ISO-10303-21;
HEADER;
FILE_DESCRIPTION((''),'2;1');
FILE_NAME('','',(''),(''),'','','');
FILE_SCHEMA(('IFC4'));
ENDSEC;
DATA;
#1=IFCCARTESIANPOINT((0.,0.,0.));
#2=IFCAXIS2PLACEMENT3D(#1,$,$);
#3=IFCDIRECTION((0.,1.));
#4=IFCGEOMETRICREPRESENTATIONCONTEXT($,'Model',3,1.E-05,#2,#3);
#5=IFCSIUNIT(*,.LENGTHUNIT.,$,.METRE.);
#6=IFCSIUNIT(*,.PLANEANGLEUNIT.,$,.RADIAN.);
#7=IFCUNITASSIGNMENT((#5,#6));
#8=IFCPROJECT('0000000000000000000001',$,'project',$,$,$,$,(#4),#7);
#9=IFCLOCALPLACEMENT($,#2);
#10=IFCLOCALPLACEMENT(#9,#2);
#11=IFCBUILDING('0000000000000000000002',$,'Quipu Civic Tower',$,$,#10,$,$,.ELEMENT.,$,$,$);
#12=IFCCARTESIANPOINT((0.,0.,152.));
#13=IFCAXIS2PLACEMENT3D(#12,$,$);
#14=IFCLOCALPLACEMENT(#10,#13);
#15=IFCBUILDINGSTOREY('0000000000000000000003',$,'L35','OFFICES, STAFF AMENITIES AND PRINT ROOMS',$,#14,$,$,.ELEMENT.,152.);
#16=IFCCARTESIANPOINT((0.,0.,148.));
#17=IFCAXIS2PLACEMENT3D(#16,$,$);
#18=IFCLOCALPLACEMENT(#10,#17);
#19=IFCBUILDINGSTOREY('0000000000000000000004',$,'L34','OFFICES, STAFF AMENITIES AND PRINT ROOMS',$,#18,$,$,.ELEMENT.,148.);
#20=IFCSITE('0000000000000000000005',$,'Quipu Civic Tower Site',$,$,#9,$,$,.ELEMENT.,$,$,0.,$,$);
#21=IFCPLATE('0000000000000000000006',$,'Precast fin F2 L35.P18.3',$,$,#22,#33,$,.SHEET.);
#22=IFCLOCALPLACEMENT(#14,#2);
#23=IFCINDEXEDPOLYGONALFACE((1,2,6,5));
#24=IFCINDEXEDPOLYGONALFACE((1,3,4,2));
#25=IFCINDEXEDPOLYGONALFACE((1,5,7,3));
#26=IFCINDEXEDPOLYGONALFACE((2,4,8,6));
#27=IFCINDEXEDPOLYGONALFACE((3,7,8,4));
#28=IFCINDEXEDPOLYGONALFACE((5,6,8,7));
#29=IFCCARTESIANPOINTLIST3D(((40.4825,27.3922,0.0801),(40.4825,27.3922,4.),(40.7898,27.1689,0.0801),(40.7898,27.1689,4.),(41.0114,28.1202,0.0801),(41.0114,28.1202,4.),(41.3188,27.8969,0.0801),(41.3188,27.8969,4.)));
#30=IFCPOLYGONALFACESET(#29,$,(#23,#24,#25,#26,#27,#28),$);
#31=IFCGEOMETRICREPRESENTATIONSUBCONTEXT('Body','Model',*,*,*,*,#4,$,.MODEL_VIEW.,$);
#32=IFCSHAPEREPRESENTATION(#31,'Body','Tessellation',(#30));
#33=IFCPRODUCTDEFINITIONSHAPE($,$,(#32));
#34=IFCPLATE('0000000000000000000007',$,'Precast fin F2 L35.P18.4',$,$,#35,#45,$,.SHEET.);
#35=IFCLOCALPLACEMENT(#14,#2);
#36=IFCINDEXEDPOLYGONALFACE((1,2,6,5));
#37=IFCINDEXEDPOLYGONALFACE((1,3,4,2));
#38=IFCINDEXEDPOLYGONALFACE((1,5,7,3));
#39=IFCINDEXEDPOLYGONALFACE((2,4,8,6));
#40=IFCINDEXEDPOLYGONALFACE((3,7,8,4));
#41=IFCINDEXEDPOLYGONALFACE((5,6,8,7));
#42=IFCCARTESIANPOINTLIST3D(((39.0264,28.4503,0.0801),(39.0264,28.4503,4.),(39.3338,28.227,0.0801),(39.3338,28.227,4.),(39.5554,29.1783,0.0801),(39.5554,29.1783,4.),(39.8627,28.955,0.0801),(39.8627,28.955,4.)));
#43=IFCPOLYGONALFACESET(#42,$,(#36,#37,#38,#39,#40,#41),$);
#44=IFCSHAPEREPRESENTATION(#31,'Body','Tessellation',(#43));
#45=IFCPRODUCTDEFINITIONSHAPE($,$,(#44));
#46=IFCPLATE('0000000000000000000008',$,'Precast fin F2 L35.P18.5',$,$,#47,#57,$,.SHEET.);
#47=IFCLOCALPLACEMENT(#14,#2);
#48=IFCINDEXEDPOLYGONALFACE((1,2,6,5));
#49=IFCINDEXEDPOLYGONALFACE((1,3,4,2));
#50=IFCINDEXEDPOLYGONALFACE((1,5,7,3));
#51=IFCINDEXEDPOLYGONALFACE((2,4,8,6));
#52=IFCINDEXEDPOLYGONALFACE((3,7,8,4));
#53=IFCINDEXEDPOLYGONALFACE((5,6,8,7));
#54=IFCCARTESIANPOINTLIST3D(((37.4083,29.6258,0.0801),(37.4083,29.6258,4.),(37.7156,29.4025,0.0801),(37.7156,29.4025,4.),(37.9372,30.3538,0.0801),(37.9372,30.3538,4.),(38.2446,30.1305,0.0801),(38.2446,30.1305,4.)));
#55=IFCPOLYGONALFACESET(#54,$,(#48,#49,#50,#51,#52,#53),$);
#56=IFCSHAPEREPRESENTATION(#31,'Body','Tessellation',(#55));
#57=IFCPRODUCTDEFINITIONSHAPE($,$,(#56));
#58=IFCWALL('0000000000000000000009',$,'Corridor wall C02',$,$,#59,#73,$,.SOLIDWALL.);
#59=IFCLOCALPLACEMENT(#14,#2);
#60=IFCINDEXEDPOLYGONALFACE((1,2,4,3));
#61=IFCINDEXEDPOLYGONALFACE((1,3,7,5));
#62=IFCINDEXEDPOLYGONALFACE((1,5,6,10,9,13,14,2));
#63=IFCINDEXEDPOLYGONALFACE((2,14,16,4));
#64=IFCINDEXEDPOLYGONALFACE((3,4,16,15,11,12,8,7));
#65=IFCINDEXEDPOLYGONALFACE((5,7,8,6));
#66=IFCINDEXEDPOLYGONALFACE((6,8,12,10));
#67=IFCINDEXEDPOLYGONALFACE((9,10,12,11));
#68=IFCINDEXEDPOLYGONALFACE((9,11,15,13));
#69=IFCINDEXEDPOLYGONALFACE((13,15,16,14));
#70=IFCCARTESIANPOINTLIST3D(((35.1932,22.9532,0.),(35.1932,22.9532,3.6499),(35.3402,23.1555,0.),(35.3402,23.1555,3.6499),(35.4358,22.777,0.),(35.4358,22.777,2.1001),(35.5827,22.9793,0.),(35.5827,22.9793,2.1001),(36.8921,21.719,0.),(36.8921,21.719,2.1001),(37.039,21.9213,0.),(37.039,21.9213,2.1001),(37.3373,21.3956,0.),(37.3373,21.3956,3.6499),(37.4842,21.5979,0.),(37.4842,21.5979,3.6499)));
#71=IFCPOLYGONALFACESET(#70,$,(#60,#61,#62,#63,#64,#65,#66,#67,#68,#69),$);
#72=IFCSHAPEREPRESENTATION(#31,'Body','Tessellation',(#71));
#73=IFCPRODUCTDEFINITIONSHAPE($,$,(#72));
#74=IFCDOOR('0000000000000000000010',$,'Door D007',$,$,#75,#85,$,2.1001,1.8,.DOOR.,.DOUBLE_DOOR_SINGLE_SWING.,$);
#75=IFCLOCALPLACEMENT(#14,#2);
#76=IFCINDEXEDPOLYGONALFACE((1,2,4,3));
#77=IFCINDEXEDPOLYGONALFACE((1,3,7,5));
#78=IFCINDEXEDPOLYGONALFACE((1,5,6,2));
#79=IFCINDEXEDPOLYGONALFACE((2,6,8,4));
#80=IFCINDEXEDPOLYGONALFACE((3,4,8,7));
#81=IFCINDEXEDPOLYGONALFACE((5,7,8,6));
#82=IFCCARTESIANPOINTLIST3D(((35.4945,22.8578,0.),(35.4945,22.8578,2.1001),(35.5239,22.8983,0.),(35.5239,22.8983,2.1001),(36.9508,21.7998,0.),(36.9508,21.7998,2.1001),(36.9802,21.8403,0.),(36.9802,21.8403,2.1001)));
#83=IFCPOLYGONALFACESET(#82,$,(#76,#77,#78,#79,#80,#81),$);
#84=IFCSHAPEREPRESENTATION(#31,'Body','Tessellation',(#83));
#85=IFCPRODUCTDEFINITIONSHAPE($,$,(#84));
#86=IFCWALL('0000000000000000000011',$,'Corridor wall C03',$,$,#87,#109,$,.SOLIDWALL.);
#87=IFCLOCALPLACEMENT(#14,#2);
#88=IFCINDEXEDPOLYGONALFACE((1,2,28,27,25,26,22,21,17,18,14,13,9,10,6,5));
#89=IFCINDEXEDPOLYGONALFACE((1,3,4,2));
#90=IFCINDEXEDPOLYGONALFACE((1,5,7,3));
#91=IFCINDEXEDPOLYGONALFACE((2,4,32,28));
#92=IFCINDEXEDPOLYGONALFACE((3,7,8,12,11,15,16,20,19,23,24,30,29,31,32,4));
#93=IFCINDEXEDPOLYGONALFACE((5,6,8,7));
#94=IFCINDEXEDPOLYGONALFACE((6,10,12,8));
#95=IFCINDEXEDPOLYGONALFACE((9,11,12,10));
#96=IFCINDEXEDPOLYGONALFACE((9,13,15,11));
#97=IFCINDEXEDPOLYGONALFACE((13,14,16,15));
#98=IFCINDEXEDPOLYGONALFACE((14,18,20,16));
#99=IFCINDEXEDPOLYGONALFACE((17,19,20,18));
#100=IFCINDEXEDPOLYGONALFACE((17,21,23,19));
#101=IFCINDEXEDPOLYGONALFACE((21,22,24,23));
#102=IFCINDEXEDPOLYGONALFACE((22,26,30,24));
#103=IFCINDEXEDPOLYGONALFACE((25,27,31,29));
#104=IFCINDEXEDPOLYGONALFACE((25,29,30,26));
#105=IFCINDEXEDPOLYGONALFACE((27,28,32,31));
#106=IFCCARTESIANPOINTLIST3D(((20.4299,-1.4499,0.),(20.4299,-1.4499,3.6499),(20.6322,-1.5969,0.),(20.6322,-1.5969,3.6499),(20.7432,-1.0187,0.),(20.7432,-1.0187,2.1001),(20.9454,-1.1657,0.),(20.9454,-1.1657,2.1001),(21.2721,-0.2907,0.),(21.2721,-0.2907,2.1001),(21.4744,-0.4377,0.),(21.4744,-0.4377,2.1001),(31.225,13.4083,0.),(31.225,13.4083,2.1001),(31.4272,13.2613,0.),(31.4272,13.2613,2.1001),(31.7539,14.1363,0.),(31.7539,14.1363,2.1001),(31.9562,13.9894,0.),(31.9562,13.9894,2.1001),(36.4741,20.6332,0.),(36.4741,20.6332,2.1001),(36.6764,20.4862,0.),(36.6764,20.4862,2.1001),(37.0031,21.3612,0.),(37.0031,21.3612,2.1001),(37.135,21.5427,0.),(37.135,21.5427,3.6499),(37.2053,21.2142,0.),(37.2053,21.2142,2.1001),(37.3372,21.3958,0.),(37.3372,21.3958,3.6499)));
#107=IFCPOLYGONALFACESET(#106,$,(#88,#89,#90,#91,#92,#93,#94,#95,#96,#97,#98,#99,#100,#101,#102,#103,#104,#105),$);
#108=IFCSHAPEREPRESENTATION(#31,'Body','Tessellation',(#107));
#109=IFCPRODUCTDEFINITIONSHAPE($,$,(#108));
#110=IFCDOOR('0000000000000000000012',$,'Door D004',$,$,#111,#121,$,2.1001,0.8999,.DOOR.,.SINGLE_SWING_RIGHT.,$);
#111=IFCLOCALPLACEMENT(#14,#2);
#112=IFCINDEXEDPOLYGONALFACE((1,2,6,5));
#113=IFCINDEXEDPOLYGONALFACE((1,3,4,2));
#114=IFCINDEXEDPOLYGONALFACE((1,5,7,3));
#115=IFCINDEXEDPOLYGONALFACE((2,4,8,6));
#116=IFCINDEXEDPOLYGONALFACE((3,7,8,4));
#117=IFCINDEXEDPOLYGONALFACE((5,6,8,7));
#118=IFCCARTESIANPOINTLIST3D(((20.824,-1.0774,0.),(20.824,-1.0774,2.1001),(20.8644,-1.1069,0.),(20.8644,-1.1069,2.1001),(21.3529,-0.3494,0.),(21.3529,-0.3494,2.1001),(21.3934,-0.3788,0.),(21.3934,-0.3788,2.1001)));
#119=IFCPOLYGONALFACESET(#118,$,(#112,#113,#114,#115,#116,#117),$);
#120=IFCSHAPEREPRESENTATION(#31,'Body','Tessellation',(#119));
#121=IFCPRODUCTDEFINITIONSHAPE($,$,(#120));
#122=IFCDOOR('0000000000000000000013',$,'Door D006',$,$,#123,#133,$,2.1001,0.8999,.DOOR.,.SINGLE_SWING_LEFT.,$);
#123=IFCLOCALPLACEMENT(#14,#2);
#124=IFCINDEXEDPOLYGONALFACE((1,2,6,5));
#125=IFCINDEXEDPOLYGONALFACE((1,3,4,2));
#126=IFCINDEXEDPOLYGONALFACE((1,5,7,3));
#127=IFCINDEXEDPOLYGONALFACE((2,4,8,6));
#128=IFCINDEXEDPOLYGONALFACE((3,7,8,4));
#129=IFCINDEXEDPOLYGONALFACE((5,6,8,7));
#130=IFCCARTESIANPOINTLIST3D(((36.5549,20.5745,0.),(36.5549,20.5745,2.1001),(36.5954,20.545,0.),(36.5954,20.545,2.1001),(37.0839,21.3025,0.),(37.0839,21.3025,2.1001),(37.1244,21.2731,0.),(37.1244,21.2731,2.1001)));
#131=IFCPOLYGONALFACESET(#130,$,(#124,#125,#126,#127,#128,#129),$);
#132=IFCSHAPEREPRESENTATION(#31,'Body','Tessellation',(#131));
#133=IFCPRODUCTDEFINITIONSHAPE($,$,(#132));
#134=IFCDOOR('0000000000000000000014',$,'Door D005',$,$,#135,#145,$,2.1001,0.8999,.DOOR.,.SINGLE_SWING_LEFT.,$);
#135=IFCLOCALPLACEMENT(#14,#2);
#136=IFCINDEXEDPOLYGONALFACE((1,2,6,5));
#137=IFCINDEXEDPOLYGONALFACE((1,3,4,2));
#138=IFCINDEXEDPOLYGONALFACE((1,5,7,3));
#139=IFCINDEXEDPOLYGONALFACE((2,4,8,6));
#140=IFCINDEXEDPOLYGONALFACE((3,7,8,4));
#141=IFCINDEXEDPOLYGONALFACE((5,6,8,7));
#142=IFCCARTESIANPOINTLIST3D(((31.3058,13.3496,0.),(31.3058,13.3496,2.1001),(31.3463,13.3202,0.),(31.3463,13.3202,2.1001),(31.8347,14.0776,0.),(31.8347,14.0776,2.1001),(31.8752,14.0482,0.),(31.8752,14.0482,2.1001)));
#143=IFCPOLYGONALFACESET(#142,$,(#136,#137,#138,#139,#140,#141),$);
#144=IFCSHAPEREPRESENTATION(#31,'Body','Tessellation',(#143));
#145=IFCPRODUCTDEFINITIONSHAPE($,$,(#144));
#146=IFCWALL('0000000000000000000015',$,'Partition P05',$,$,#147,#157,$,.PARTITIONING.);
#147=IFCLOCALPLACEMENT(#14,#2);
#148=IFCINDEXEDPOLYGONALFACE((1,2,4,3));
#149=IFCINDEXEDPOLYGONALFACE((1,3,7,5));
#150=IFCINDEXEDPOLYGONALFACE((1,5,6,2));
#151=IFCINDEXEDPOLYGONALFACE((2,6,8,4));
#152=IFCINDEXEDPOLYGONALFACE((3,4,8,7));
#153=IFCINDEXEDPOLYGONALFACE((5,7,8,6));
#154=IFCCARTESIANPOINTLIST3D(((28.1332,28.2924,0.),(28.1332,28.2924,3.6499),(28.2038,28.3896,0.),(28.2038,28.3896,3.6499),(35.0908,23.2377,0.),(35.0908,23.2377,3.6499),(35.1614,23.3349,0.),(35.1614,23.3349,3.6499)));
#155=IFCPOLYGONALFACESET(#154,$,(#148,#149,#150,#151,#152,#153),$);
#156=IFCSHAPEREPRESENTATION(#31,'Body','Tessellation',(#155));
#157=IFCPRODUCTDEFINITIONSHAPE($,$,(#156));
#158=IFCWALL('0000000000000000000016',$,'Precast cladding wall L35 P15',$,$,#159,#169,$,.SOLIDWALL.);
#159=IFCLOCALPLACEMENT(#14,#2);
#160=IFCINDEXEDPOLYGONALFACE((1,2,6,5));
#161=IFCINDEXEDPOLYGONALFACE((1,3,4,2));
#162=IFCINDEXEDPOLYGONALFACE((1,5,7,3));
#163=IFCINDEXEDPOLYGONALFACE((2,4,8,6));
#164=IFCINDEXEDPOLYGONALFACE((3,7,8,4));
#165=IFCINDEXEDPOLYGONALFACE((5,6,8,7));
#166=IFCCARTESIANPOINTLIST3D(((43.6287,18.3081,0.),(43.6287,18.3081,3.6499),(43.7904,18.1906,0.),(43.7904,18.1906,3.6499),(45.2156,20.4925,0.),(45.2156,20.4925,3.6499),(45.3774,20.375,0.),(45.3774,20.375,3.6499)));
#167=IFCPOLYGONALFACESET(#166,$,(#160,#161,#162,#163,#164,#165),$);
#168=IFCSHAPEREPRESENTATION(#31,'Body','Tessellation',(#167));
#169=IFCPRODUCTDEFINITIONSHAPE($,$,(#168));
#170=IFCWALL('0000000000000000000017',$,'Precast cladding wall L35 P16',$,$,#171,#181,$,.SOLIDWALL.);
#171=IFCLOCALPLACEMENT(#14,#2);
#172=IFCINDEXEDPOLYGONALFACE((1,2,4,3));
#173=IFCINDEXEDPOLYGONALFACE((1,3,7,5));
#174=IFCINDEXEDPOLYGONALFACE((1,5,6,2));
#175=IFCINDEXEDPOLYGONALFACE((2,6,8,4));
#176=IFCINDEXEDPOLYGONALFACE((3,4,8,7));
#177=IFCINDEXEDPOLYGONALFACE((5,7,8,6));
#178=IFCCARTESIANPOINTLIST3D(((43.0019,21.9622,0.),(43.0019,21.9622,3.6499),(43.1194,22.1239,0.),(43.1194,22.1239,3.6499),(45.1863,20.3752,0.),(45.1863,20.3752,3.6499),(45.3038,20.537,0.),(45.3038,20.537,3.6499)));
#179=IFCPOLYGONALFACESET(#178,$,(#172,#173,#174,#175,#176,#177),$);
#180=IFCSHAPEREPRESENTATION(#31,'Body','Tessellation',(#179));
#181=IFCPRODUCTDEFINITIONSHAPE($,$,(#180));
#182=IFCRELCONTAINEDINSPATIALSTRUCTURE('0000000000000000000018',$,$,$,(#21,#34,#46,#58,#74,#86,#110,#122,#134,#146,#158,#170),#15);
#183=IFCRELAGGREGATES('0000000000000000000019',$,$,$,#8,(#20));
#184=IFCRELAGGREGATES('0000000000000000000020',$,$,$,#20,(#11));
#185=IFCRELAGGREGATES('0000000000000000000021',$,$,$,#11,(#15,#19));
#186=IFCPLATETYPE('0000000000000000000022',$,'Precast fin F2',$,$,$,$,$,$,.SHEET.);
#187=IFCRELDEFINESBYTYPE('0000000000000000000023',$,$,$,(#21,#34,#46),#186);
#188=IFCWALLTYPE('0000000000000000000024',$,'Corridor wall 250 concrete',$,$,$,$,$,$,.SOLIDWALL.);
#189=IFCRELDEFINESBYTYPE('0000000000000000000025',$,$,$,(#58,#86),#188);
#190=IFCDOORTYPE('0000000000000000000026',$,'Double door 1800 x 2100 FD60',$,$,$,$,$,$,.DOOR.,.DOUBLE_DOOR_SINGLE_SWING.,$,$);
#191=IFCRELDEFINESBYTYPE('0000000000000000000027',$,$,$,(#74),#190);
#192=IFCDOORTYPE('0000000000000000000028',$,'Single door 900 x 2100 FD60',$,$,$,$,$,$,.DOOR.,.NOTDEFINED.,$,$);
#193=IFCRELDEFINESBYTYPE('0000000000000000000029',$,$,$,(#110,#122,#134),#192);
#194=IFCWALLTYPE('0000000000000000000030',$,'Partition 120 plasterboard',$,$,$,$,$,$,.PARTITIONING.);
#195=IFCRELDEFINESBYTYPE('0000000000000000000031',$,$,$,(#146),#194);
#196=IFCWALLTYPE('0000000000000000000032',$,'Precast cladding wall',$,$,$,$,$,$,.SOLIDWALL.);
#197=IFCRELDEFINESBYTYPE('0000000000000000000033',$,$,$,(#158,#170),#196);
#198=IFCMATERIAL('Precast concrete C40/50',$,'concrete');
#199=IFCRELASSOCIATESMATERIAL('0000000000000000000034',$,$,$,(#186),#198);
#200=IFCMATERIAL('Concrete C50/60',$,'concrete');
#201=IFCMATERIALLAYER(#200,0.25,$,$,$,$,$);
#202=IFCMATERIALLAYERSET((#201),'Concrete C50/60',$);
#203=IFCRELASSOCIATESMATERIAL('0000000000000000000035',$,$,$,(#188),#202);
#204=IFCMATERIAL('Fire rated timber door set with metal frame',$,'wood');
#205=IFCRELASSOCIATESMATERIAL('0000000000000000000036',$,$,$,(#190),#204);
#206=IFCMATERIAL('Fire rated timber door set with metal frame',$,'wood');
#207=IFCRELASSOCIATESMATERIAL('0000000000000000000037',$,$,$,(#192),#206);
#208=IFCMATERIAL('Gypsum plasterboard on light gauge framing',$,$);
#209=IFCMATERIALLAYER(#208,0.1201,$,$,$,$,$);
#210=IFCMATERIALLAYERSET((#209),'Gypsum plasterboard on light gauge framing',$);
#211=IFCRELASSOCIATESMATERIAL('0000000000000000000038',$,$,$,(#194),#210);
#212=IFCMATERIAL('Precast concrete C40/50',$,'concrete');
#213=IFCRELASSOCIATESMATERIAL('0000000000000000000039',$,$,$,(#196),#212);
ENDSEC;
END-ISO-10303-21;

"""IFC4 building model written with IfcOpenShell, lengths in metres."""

from ifc_helpers import new_model, si_unit, direction, frame, frame_2d, origin, origin_2d, place, context, subcontext, project, spatial, rectangle, extrude, material, layer, layer_set, type_object, element, fill, save


model = new_model("IFC4")

# Units and contexts
model_context = context("Model", 3, precision=1e-05, world=origin(), true_north=direction((0.0, 1.0)))
body_context = subcontext(model_context, "Body", "Model", "MODEL_VIEW")
ifc_project = project(units=[si_unit("LENGTHUNIT", "METRE"), si_unit("PLANEANGLEUNIT", "RADIAN")], contexts=[model_context])

# Site, building, storey
site_placement = place(None, origin())
site = spatial("IfcSite", under=ifc_project, at=site_placement, Name="Quipu Civic Tower Site", CompositionType="ELEMENT", RefElevation=0.0)
building_placement = place(site_placement, origin())
building = spatial("IfcBuilding", under=site, at=building_placement, Name="Quipu Civic Tower", CompositionType="ELEMENT")
storey_1_placement = place(building_placement, frame((0.0, 0.0, 152.0)))
storey_1 = spatial("IfcBuildingStorey", under=building, at=storey_1_placement, Name="L35", Description="OFFICES, STAFF AMENITIES AND PRINT ROOMS", CompositionType="ELEMENT", Elevation=152.0)

# Shared definitions
storey_2_placement = place(building_placement, frame((0.0, 0.0, 148.0)))
storey_2 = spatial("IfcBuildingStorey", under=building, at=storey_2_placement, Name="L34", Description="OFFICES, STAFF AMENITIES AND PRINT ROOMS", CompositionType="ELEMENT", Elevation=148.0)

# Plates
ifc_material_1 = material(Name="Precast concrete C40/50", Category="concrete")
plate_type_1 = type_object("IfcPlateType", Name="Precast fin F2", PredefinedType="SHEET", material=ifc_material_1)
for number, where, z_axis, x_axis, name in (
    (1, (40.9006, 27.6445, 0.0801), (0.0, 0.0, 1.0), (-0.809017, 0.587785, 0.0), "Precast fin F2 L35.P18.3"),
    (2, (39.4446, 28.7026, 0.0801), (0.0, 0.0, 1.0), (-0.809017, 0.587785, 0.0), "Precast fin F2 L35.P18.4"),
    (3, (37.8264, 29.8782, 0.0801), (0.0, 0.0, 1.0), (-0.809017, 0.587785, 0.0), "Precast fin F2 L35.P18.5"),
):
    element("IfcPlate", number, at=place(storey_1_placement, frame(where, z_axis=z_axis, x_axis=x_axis)), inside=storey_1, type_object=plate_type_1, Name=name, PredefinedType="SHEET", context=body_context, shape_type="SweptSolid", body=[
        extrude(rectangle(XDim=0.3799, YDim=0.8999, at=origin_2d()), origin(), (0.0, 0.0, 1.0), 3.9199),
    ])

# Wall, opening, door
ifc_material_2 = material(Name="Concrete C50/60", Category="concrete")
ifc_layer_1 = layer(ifc_material_2, 0.25)
ifc_layer_set_1 = layer_set([ifc_layer_1], Name="Concrete C50/60")
wall_type_1 = type_object("IfcWallType", Name="Corridor wall 250 concrete", PredefinedType="SOLIDWALL", material=ifc_layer_set_1)
wall_1_placement = place(storey_1_placement, frame((35.2666, 23.0544, 0.0), z_axis=(0.0, 0.0, 1.0), x_axis=(0.809039, -0.587755, 0.0)))
wall_1 = element("IfcWall", 4, at=wall_1_placement, inside=storey_1, type_object=wall_type_1, Name="Corridor wall C02", PredefinedType="SOLIDWALL", context=body_context, shape_type="SweptSolid", body=[
    extrude(rectangle(XDim=2.6501, YDim=0.25, at=frame_2d((1.3252, 0.0))), origin(), (0.0, 0.0, 1.0), 3.6499),
])
opening_1_placement = place(wall_1_placement, frame((0.3, 0.0, 0.0)))
opening_1 = element("IfcOpeningElement", 5, at=opening_1_placement, cuts=wall_1, PredefinedType="OPENING", context=body_context, shape_type="SweptSolid", body=[
    extrude(rectangle(XDim=1.8, YDim=2.1001, at=frame_2d((0.8999, 1.05))), frame((0.0, 0.135, 0.0), z_axis=(0.0, -1.0, 0.0), x_axis=(1.0, 0.0, 0.0)), (0.0, 0.0, 1.0), 0.27),
])
ifc_material_3 = material(Name="Fire rated timber door set with metal frame", Category="wood")
door_type_1 = type_object("IfcDoorType", Name="Double door 1800 x 2100 FD60", OperationType="DOUBLE_DOOR_SINGLE_SWING", PredefinedType="DOOR", material=ifc_material_3)
door_1_placement = place(opening_1_placement, origin())
door_1 = element("IfcDoor", 6, at=door_1_placement, inside=storey_1, type_object=door_type_1, Name="Door D007", OperationType="DOUBLE_DOOR_SINGLE_SWING", OverallHeight=2.1001, OverallWidth=1.8, PredefinedType="DOOR", context=body_context, shape_type="SweptSolid", body=[
    extrude(rectangle(XDim=1.8, YDim=2.1001, at=frame_2d((0.8999, 1.05))), frame((0.0, 0.0249, 0.0), z_axis=(0.0, -1.0, 0.0), x_axis=(1.0, 0.0, 0.0)), (0.0, 0.0, 1.0), 0.05),
])
fill(opening_1, door_1)

# Wall, openings, doors
wall_2_placement = place(storey_1_placement, frame((37.2361, 21.4692, 0.0), z_axis=(0.0, 0.0, 1.0), x_axis=(-0.587783, -0.809018, 0.0)))
wall_2 = element("IfcWall", 7, at=wall_2_placement, inside=storey_1, type_object=wall_type_1, Name="Corridor wall C03", PredefinedType="SOLIDWALL", context=body_context, shape_type="SweptSolid", body=[
    extrude(rectangle(XDim=28.4204, YDim=0.25, at=frame_2d((14.2102, 0.0))), origin(), (0.0, 0.0, 1.0), 3.6499),
])
opening_2_placement = place(wall_2_placement, frame((26.9875, 0.0, 0.0)))
opening_2 = element("IfcOpeningElement", 8, at=opening_2_placement, cuts=wall_2, PredefinedType="OPENING", context=body_context, shape_type="SweptSolid", body=[
    extrude(rectangle(XDim=0.8999, YDim=2.1001, at=frame_2d((0.45, 1.05))), frame((0.0, 0.135, 0.0), z_axis=(0.0, -1.0, 0.0), x_axis=(1.0, 0.0, 0.0)), (0.0, 0.0, 1.0), 0.27),
])
opening_3_placement = place(wall_2_placement, frame((0.2244, 0.0, 0.0)))
opening_3 = element("IfcOpeningElement", 9, at=opening_3_placement, cuts=wall_2, PredefinedType="OPENING", context=body_context, shape_type="SweptSolid", body=[
    extrude(rectangle(XDim=0.8999, YDim=2.1001, at=frame_2d((0.45, 1.05))), frame((0.0, 0.135, 0.0), z_axis=(0.0, -1.0, 0.0), x_axis=(1.0, 0.0, 0.0)), (0.0, 0.0, 1.0), 0.27),
])
opening_4_placement = place(wall_2_placement, frame((9.1548, 0.0, 0.0)))
opening_4 = element("IfcOpeningElement", 10, at=opening_4_placement, cuts=wall_2, PredefinedType="OPENING", context=body_context, shape_type="SweptSolid", body=[
    extrude(rectangle(XDim=0.8999, YDim=2.1001, at=frame_2d((0.45, 1.05))), frame((0.0, 0.135, 0.0), z_axis=(0.0, -1.0, 0.0), x_axis=(1.0, 0.0, 0.0)), (0.0, 0.0, 1.0), 0.27),
])
ifc_material_4 = material(Name="Fire rated timber door set with metal frame", Category="wood")
door_type_2 = type_object("IfcDoorType", Name="Single door 900 x 2100 FD60", OperationType="NOTDEFINED", PredefinedType="DOOR", material=ifc_material_4)
door_2_placement = place(opening_2_placement, origin())
door_2 = element("IfcDoor", 11, at=door_2_placement, inside=storey_1, type_object=door_type_2, Name="Door D004", OperationType="SINGLE_SWING_RIGHT", OverallHeight=2.1001, OverallWidth=0.8999, PredefinedType="DOOR", context=body_context, shape_type="SweptSolid", body=[
    extrude(rectangle(XDim=0.8999, YDim=2.1001, at=frame_2d((0.45, 1.05))), frame((0.0, 0.0249, 0.0), z_axis=(0.0, -1.0, 0.0), x_axis=(1.0, 0.0, 0.0)), (0.0, 0.0, 1.0), 0.05),
])
fill(opening_2, door_2)
door_3_placement = place(opening_3_placement, origin())
door_3 = element("IfcDoor", 12, at=door_3_placement, inside=storey_1, type_object=door_type_2, Name="Door D006", OperationType="SINGLE_SWING_LEFT", OverallHeight=2.1001, OverallWidth=0.8999, PredefinedType="DOOR", context=body_context, shape_type="SweptSolid", body=[
    extrude(rectangle(XDim=0.8999, YDim=2.1001, at=frame_2d((0.45, 1.05))), frame((0.0, 0.0249, 0.0), z_axis=(0.0, -1.0, 0.0), x_axis=(1.0, 0.0, 0.0)), (0.0, 0.0, 1.0), 0.05),
])
fill(opening_3, door_3)
door_4_placement = place(opening_4_placement, origin())
door_4 = element("IfcDoor", 13, at=door_4_placement, inside=storey_1, type_object=door_type_2, Name="Door D005", OperationType="SINGLE_SWING_LEFT", OverallHeight=2.1001, OverallWidth=0.8999, PredefinedType="DOOR", context=body_context, shape_type="SweptSolid", body=[
    extrude(rectangle(XDim=0.8999, YDim=2.1001, at=frame_2d((0.45, 1.05))), frame((0.0, 0.0249, 0.0), z_axis=(0.0, -1.0, 0.0), x_axis=(1.0, 0.0, 0.0)), (0.0, 0.0, 1.0), 0.05),
])
fill(opening_4, door_4)

# Walls
ifc_material_5 = material(Name="Gypsum plasterboard on light gauge framing")
ifc_layer_2 = layer(ifc_material_5, 0.1201)
ifc_layer_set_2 = layer_set([ifc_layer_2], Name="Gypsum plasterboard on light gauge framing")
wall_type_2 = type_object("IfcWallType", Name="Partition 120 plasterboard", PredefinedType="PARTITIONING", material=ifc_layer_set_2)
wall_3_placement = place(storey_1_placement, frame((35.126, 23.2864, 0.0), z_axis=(0.0, 0.0, 1.0), x_axis=(-0.809031, 0.587767, 0.0)))
element("IfcWall", 14, at=wall_3_placement, inside=storey_1, type_object=wall_type_2, Name="Partition P05", PredefinedType="PARTITIONING", context=body_context, shape_type="SweptSolid", body=[
    extrude(rectangle(XDim=8.5999, YDim=0.1201, at=frame_2d((4.2998, 0.0))), origin(), (0.0, 0.0, 1.0), 3.6499),
])
ifc_material_6 = material(Name="Precast concrete C40/50", Category="concrete")
wall_type_3 = type_object("IfcWallType", Name="Precast cladding wall", PredefinedType="SOLIDWALL", material=ifc_material_6)
for number, where, z_axis, x_axis, name in (
    (15, (43.7095, 18.2493, 0.0), (0.0, 0.0, 1.0), (0.587763, 0.809033, 0.0), "Precast cladding wall L35 P15"),
    (16, (45.2451, 20.4561, 0.0), (0.0, 0.0, 1.0), (-0.809033, 0.587763, 0.0), "Precast cladding wall L35 P16"),
):
    element("IfcWall", number, at=place(storey_1_placement, frame(where, z_axis=z_axis, x_axis=x_axis)), inside=storey_1, type_object=wall_type_3, Name=name, PredefinedType="SOLIDWALL", context=body_context, shape_type="SweptSolid", body=[
        extrude(rectangle(XDim=2.7, YDim=0.2, at=frame_2d((1.3501, 0.0))), origin(), (0.0, 0.0, 1.0), 3.6499),
    ])

save(model, "model.ifc")
